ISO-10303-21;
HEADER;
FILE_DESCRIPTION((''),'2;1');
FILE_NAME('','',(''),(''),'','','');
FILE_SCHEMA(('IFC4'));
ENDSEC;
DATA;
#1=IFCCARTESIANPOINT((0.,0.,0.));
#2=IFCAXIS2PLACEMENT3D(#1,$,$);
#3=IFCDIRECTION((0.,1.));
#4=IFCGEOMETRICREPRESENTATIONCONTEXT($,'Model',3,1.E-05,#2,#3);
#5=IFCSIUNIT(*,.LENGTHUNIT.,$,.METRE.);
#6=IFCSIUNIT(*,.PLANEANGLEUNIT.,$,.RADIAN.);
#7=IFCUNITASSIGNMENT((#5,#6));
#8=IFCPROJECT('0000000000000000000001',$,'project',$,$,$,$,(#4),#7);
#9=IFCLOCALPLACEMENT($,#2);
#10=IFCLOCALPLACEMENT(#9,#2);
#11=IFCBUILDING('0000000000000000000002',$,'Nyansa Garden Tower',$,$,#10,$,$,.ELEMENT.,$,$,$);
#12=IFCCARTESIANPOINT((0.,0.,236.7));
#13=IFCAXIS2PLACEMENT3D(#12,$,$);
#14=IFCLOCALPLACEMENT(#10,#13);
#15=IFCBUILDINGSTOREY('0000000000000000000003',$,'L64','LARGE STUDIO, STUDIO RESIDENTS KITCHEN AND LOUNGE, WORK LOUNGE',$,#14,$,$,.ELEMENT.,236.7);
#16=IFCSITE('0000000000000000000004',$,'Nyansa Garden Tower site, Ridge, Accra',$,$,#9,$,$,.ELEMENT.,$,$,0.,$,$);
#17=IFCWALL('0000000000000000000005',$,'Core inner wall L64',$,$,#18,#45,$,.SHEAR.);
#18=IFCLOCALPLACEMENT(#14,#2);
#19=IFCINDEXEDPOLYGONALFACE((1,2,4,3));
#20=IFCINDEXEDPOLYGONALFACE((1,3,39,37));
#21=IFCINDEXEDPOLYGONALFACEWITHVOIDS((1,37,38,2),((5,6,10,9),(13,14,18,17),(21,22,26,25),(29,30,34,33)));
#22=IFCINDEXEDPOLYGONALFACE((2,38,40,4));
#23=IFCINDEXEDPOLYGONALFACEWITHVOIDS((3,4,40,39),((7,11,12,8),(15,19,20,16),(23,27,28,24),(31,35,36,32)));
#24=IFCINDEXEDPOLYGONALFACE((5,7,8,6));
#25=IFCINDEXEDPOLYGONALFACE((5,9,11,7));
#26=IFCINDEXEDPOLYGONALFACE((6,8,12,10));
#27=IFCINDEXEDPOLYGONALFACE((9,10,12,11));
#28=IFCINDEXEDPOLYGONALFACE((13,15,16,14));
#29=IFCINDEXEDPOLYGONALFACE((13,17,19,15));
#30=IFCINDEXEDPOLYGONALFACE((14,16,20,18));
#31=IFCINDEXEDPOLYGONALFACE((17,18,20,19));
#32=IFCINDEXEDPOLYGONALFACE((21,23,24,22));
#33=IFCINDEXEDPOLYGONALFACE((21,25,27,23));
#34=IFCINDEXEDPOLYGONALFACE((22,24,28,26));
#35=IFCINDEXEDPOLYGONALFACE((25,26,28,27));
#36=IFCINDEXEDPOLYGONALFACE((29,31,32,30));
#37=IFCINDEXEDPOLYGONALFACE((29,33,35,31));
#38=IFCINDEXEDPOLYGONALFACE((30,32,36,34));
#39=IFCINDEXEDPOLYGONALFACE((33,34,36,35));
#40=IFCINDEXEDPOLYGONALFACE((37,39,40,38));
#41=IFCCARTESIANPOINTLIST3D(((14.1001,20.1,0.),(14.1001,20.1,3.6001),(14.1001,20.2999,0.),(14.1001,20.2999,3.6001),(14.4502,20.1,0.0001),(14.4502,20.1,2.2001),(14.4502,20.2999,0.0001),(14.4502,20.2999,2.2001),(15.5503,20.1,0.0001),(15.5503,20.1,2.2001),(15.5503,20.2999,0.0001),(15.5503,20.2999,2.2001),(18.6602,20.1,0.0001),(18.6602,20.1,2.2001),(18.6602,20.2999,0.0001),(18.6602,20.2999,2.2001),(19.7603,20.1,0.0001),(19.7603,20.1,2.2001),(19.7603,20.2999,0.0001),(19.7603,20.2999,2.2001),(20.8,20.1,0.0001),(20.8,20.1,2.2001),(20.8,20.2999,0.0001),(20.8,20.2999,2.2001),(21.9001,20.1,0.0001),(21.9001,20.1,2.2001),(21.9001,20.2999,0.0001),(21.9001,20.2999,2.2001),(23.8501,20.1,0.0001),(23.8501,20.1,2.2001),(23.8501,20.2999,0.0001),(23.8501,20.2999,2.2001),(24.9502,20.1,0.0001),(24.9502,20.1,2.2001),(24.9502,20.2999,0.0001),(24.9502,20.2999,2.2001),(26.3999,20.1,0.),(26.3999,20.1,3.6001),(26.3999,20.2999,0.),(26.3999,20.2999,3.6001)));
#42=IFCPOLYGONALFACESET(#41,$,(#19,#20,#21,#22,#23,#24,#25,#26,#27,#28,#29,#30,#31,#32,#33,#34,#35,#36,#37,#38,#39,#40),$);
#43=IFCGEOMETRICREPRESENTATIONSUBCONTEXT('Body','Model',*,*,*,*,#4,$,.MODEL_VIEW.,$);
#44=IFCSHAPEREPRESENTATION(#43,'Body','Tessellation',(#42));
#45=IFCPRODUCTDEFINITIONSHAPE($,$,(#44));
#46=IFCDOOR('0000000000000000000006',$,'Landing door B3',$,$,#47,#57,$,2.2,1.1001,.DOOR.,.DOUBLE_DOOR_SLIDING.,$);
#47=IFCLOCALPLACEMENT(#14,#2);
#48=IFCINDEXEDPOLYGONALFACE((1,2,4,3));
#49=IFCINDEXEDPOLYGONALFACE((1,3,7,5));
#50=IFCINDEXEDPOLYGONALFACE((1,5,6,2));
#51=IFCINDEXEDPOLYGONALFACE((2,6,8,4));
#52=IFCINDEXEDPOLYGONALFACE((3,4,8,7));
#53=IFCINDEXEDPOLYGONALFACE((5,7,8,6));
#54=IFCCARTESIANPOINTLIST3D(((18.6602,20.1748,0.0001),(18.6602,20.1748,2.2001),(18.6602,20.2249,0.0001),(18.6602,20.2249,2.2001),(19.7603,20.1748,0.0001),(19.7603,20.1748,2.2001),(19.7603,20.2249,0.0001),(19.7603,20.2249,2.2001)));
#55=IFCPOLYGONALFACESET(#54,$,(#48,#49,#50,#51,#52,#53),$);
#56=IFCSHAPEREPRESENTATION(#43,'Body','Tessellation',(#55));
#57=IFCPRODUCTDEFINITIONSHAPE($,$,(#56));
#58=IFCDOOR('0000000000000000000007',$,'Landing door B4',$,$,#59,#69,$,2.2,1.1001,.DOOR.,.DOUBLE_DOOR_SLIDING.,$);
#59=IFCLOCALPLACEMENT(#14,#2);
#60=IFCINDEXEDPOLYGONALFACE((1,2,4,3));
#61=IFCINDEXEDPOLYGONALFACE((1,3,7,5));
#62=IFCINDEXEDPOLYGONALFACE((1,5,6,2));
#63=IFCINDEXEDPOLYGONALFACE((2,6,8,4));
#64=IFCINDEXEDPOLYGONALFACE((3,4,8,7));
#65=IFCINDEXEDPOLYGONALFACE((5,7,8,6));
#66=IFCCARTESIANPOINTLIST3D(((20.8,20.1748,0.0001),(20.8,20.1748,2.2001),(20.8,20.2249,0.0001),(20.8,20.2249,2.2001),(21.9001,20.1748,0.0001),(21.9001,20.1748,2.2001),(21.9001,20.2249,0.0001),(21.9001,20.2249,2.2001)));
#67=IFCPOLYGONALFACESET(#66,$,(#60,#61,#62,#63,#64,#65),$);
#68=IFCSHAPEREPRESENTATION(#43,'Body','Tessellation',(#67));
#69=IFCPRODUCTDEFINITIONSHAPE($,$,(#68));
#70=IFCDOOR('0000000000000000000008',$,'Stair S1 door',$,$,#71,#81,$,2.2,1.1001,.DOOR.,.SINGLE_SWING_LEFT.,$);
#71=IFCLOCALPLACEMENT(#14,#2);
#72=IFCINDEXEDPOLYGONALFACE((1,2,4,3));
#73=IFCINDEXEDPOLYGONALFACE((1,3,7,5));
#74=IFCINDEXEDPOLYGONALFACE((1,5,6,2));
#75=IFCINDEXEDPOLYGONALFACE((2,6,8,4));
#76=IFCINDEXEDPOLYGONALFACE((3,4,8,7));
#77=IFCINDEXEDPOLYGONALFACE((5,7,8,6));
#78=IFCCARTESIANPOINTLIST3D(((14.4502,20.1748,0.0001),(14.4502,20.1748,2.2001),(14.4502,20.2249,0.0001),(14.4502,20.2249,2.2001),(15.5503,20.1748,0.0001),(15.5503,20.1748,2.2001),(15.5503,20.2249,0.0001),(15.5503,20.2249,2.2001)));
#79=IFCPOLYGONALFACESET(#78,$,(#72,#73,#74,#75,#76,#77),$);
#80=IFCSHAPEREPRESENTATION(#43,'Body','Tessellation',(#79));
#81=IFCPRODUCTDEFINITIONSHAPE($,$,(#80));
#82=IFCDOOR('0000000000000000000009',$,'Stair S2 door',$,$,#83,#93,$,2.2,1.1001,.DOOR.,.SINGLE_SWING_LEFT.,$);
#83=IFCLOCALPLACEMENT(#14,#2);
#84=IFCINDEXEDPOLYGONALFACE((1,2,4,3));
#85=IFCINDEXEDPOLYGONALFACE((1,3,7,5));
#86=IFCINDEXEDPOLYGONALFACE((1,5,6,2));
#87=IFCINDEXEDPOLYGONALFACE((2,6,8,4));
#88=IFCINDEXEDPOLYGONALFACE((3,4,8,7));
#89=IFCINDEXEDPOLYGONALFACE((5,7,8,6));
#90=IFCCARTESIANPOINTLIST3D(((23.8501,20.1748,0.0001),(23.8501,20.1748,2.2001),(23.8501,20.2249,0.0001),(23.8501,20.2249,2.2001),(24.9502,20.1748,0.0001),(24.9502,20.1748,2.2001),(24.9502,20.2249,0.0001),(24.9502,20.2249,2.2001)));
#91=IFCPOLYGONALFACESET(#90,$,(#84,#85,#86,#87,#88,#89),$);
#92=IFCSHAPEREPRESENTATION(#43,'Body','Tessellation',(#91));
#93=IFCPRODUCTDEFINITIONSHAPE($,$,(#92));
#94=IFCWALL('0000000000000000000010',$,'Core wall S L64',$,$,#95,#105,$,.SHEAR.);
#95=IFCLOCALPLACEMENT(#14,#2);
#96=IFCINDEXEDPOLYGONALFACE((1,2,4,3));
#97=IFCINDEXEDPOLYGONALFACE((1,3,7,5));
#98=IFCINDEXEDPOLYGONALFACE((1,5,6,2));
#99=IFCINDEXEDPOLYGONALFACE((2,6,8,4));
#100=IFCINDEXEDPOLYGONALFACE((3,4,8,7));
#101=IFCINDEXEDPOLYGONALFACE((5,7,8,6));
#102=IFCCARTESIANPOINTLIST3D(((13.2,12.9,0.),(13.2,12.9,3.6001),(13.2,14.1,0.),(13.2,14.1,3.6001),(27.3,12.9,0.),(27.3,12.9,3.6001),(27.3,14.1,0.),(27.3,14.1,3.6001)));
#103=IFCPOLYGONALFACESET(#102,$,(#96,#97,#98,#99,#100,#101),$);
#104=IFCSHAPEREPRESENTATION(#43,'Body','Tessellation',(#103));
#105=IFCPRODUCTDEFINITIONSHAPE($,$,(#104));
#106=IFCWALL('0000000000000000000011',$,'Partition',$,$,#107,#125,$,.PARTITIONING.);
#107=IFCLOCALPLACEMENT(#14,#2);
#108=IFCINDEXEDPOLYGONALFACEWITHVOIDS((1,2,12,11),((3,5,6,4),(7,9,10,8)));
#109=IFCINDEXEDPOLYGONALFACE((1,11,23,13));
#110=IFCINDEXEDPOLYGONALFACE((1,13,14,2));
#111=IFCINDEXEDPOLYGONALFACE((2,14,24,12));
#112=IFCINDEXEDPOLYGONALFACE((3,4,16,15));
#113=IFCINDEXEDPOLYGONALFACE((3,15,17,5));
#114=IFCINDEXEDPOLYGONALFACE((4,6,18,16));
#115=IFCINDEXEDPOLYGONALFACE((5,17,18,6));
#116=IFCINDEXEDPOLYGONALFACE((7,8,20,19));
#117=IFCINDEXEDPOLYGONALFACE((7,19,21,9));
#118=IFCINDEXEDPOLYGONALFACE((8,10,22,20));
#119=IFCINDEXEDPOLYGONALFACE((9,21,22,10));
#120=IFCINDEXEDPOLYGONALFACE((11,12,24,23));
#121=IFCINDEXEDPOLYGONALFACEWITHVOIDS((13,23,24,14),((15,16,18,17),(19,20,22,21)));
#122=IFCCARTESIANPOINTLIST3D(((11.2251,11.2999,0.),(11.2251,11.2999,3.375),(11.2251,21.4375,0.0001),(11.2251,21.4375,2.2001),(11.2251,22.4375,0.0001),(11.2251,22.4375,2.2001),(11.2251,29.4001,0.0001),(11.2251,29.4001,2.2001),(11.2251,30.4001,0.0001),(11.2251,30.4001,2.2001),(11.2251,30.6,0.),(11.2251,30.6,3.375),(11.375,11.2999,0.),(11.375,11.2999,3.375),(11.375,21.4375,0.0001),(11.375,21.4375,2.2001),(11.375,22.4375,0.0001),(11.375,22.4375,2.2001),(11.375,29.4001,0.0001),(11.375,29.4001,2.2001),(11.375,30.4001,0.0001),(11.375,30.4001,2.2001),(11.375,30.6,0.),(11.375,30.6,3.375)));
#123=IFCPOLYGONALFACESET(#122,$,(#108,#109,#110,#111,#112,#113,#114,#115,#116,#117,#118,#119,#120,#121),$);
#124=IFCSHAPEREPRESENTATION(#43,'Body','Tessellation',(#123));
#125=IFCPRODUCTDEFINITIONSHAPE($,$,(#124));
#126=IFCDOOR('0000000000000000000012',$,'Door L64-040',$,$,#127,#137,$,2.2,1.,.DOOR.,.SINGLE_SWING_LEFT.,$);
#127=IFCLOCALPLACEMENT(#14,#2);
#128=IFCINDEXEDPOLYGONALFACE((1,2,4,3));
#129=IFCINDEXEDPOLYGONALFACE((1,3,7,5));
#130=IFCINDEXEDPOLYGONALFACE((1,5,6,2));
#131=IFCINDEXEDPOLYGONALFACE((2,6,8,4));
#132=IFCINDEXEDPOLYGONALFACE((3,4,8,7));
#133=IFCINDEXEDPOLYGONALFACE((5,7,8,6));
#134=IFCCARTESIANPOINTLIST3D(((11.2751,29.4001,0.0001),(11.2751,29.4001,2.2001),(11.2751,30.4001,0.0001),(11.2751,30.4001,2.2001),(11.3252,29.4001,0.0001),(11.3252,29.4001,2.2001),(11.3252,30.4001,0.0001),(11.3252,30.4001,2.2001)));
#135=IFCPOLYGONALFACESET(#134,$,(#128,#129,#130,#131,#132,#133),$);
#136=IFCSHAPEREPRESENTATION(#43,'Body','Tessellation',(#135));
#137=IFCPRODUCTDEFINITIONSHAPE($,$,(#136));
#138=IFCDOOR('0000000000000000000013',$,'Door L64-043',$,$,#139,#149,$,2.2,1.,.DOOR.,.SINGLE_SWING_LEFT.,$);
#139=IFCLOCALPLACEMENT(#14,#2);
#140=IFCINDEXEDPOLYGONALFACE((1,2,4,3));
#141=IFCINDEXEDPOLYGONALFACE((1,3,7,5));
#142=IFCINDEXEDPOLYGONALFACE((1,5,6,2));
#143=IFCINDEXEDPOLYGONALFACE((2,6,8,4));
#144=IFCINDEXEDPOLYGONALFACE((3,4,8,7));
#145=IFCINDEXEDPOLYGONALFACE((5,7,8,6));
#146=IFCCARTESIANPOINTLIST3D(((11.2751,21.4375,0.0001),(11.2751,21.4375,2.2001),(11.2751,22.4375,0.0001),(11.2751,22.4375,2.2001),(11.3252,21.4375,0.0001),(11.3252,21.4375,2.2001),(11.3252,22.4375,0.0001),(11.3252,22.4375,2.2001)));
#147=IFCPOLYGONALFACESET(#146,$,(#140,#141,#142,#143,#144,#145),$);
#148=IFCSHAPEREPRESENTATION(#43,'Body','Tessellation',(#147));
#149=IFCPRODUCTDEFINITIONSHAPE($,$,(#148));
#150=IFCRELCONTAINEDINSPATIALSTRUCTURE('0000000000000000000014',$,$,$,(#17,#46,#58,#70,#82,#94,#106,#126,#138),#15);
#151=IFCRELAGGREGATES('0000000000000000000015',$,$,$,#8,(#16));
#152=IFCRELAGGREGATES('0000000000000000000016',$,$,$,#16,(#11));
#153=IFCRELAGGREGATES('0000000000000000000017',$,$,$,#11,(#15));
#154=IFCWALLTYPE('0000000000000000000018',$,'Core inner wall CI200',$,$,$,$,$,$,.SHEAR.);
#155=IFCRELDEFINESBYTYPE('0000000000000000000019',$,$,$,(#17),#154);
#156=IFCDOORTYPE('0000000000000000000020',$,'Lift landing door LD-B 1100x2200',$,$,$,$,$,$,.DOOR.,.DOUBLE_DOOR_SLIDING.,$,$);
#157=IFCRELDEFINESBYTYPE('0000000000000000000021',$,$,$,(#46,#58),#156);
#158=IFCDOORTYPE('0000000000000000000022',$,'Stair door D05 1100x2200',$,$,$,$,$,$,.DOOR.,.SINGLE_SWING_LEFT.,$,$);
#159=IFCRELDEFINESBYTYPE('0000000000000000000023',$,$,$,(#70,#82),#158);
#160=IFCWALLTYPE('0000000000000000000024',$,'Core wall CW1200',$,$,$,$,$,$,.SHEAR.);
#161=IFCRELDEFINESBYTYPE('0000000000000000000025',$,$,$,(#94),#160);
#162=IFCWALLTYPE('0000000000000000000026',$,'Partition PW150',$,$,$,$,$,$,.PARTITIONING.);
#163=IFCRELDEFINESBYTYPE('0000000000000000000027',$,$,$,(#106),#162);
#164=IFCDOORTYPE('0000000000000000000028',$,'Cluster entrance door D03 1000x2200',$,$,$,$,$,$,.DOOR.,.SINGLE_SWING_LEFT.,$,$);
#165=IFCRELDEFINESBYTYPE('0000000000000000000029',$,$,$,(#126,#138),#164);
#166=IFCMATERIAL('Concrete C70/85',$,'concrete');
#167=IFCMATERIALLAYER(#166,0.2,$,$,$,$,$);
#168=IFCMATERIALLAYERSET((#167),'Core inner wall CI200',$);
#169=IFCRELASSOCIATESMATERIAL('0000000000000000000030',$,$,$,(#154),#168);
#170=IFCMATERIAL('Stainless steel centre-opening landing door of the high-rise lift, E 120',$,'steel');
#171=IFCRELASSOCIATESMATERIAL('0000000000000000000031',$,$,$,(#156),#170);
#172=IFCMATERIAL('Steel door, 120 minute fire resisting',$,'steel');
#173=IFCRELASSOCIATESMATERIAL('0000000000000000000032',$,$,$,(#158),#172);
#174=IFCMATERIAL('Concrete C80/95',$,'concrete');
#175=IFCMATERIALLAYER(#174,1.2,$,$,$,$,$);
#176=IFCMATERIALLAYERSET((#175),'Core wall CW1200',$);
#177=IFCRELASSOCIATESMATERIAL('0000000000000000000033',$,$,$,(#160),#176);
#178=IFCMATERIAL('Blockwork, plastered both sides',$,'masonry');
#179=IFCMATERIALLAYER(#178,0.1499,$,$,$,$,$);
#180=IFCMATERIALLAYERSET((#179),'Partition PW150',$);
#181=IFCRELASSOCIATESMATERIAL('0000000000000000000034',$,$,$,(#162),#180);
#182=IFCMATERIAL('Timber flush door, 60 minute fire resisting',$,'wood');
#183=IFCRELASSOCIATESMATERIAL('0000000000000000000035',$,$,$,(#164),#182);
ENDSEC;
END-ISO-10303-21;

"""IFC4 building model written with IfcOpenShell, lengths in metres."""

from ifc_helpers import new_model, si_unit, direction, frame, frame_2d, origin, place, context, subcontext, project, spatial, rectangle, extrude, material, layer, layer_set, type_object, element, fill, save


model = new_model("IFC4")

# Units and contexts
model_context = context("Model", 3, precision=1e-05, world=origin(), true_north=direction((0.0, 1.0)))
body_context = subcontext(model_context, "Body", "Model", "MODEL_VIEW")
ifc_project = project(units=[si_unit("LENGTHUNIT", "METRE"), si_unit("PLANEANGLEUNIT", "RADIAN")], contexts=[model_context])

# Site, building, storey
site_placement = place(None, origin())
site = spatial("IfcSite", under=ifc_project, at=site_placement, Name="Nyansa Garden Tower site, Ridge, Accra", CompositionType="ELEMENT", RefElevation=0.0)
building_placement = place(site_placement, origin())
building = spatial("IfcBuilding", under=site, at=building_placement, Name="Nyansa Garden Tower", CompositionType="ELEMENT")
storey_placement = place(building_placement, frame((0.0, 0.0, 236.7)))
storey = spatial("IfcBuildingStorey", under=building, at=storey_placement, Name="L64", Description="LARGE STUDIO, STUDIO RESIDENTS KITCHEN AND LOUNGE, WORK LOUNGE", CompositionType="ELEMENT", Elevation=236.7)

# Wall, openings, doors
ifc_material_1 = material(Name="Concrete C70/85", Category="concrete")
ifc_layer_1 = layer(ifc_material_1, 0.2)
ifc_layer_set_1 = layer_set([ifc_layer_1], Name="Core inner wall CI200")
wall_type_1 = type_object("IfcWallType", Name="Core inner wall CI200", PredefinedType="SHEAR", material=ifc_layer_set_1)
ifc_material_2 = material(Name="Stainless steel centre-opening landing door of the high-rise lift, E 120", Category="steel")
door_type_1 = type_object("IfcDoorType", Name="Lift landing door LD-B 1100x2200", OperationType="DOUBLE_DOOR_SLIDING", PredefinedType="DOOR", material=ifc_material_2)
wall_1_placement = place(storey_placement, frame((14.1001, 20.2, 0.0), z_axis=(0.0, 0.0, 1.0), x_axis=(1.0, 0.0, 0.0)))
wall_1 = element("IfcWall", 1, at=wall_1_placement, inside=storey, type_object=wall_type_1, Name="Core inner wall L64", PredefinedType="SHEAR", context=body_context, shape_type="SweptSolid", body=[
    extrude(rectangle(XDim=12.2998, YDim=0.2, at=frame_2d((6.1499, 0.0))), origin(), (0.0, 0.0, 1.0), 3.6001),
])
opening_1_placement = place(wall_1_placement, frame((4.5601, 0.0, 0.0)))
opening_1 = element("IfcOpeningElement", 2, at=opening_1_placement, cuts=wall_1, PredefinedType="OPENING", context=body_context, shape_type="SweptSolid", body=[
    extrude(rectangle(XDim=1.1001, YDim=2.2, at=frame_2d((0.55, 1.1001))), frame((0.0, 0.1099, 0.0), z_axis=(0.0, -1.0, 0.0), x_axis=(1.0, 0.0, 0.0)), (0.0, 0.0, 1.0), 0.22),
])
opening_2_placement = place(wall_1_placement, frame((6.7, 0.0, 0.0)))
opening_2 = element("IfcOpeningElement", 3, at=opening_2_placement, cuts=wall_1, PredefinedType="OPENING", context=body_context, shape_type="SweptSolid", body=[
    extrude(rectangle(XDim=1.1001, YDim=2.2, at=frame_2d((0.55, 1.1001))), frame((0.0, 0.1099, 0.0), z_axis=(0.0, -1.0, 0.0), x_axis=(1.0, 0.0, 0.0)), (0.0, 0.0, 1.0), 0.22),
])
opening_3_placement = place(wall_1_placement, frame((0.3501, 0.0, 0.0)))
opening_3 = element("IfcOpeningElement", 4, at=opening_3_placement, cuts=wall_1, PredefinedType="OPENING", context=body_context, shape_type="SweptSolid", body=[
    extrude(rectangle(XDim=1.1001, YDim=2.2, at=frame_2d((0.55, 1.1001))), frame((0.0, 0.1099, 0.0), z_axis=(0.0, -1.0, 0.0), x_axis=(1.0, 0.0, 0.0)), (0.0, 0.0, 1.0), 0.22),
])
opening_4_placement = place(wall_1_placement, frame((9.75, 0.0, 0.0)))
opening_4 = element("IfcOpeningElement", 5, at=opening_4_placement, cuts=wall_1, PredefinedType="OPENING", context=body_context, shape_type="SweptSolid", body=[
    extrude(rectangle(XDim=1.1001, YDim=2.2, at=frame_2d((0.55, 1.1001))), frame((0.0, 0.1099, 0.0), z_axis=(0.0, -1.0, 0.0), x_axis=(1.0, 0.0, 0.0)), (0.0, 0.0, 1.0), 0.22),
])
door_1_placement = place(opening_1_placement, origin())
door_1 = element("IfcDoor", 6, at=door_1_placement, inside=storey, type_object=door_type_1, Name="Landing door B3", OperationType="DOUBLE_DOOR_SLIDING", OverallHeight=2.2, OverallWidth=1.1001, PredefinedType="DOOR", context=body_context, shape_type="SweptSolid", body=[
    extrude(rectangle(XDim=1.1001, YDim=2.2, at=frame_2d((0.55, 1.1001))), frame((0.0, 0.0249, 0.0), z_axis=(0.0, -1.0, 0.0), x_axis=(1.0, 0.0, 0.0)), (0.0, 0.0, 1.0), 0.05),
])
fill(opening_1, door_1)
door_2_placement = place(opening_2_placement, origin())
door_2 = element("IfcDoor", 7, at=door_2_placement, inside=storey, type_object=door_type_1, Name="Landing door B4", OperationType="DOUBLE_DOOR_SLIDING", OverallHeight=2.2, OverallWidth=1.1001, PredefinedType="DOOR", context=body_context, shape_type="SweptSolid", body=[
    extrude(rectangle(XDim=1.1001, YDim=2.2, at=frame_2d((0.55, 1.1001))), frame((0.0, 0.0249, 0.0), z_axis=(0.0, -1.0, 0.0), x_axis=(1.0, 0.0, 0.0)), (0.0, 0.0, 1.0), 0.05),
])
fill(opening_2, door_2)
ifc_material_3 = material(Name="Steel door, 120 minute fire resisting", Category="steel")
door_type_2 = type_object("IfcDoorType", Name="Stair door D05 1100x2200", OperationType="SINGLE_SWING_LEFT", PredefinedType="DOOR", material=ifc_material_3)
door_3_placement = place(opening_3_placement, origin())
door_3 = element("IfcDoor", 8, at=door_3_placement, inside=storey, type_object=door_type_2, Name="Stair S1 door", OperationType="SINGLE_SWING_LEFT", OverallHeight=2.2, OverallWidth=1.1001, PredefinedType="DOOR", context=body_context, shape_type="SweptSolid", body=[
    extrude(rectangle(XDim=1.1001, YDim=2.2, at=frame_2d((0.55, 1.1001))), frame((0.0, 0.0249, 0.0), z_axis=(0.0, -1.0, 0.0), x_axis=(1.0, 0.0, 0.0)), (0.0, 0.0, 1.0), 0.05),
])
fill(opening_3, door_3)
door_4_placement = place(opening_4_placement, origin())
door_4 = element("IfcDoor", 9, at=door_4_placement, inside=storey, type_object=door_type_2, Name="Stair S2 door", OperationType="SINGLE_SWING_LEFT", OverallHeight=2.2, OverallWidth=1.1001, PredefinedType="DOOR", context=body_context, shape_type="SweptSolid", body=[
    extrude(rectangle(XDim=1.1001, YDim=2.2, at=frame_2d((0.55, 1.1001))), frame((0.0, 0.0249, 0.0), z_axis=(0.0, -1.0, 0.0), x_axis=(1.0, 0.0, 0.0)), (0.0, 0.0, 1.0), 0.05),
])
fill(opening_4, door_4)

# Wall
ifc_material_4 = material(Name="Concrete C80/95", Category="concrete")
ifc_layer_2 = layer(ifc_material_4, 1.2)
ifc_layer_set_2 = layer_set([ifc_layer_2], Name="Core wall CW1200")
wall_type_2 = type_object("IfcWallType", Name="Core wall CW1200", PredefinedType="SHEAR", material=ifc_layer_set_2)
wall_2_placement = place(storey_placement, frame((13.2, 13.5, 0.0), z_axis=(0.0, 0.0, 1.0), x_axis=(1.0, 0.0, 0.0)))
element("IfcWall", 10, at=wall_2_placement, inside=storey, type_object=wall_type_2, Name="Core wall S L64", PredefinedType="SHEAR", context=body_context, shape_type="SweptSolid", body=[
    extrude(rectangle(XDim=14.1001, YDim=1.2, at=frame_2d((7.05, 0.0))), origin(), (0.0, 0.0, 1.0), 3.6001),
])

# Wall, openings, doors
ifc_material_5 = material(Name="Blockwork, plastered both sides", Category="masonry")
ifc_layer_3 = layer(ifc_material_5, 0.1499)
ifc_layer_set_3 = layer_set([ifc_layer_3], Name="Partition PW150")
wall_type_3 = type_object("IfcWallType", Name="Partition PW150", PredefinedType="PARTITIONING", material=ifc_layer_set_3)
wall_3_placement = place(storey_placement, frame((11.3, 11.3, 0.0), z_axis=(0.0, 0.0, 1.0), x_axis=(0.0, 1.0, 0.0)))
wall_3 = element("IfcWall", 11, at=wall_3_placement, inside=storey, type_object=wall_type_3, Name="Partition", PredefinedType="PARTITIONING", context=body_context, shape_type="SweptSolid", body=[
    extrude(rectangle(XDim=19.3, YDim=0.1499, at=frame_2d((9.6499, 0.0))), origin(), (0.0, 0.0, 1.0), 3.375),
])
opening_5_placement = place(wall_3_placement, frame((18.1001, 0.0, 0.0)))
opening_5 = element("IfcOpeningElement", 12, at=opening_5_placement, cuts=wall_3, PredefinedType="OPENING", context=body_context, shape_type="SweptSolid", body=[
    extrude(rectangle(XDim=1.0, YDim=2.2, at=frame_2d((0.5, 1.1001))), frame((0.0, 0.085, 0.0), z_axis=(0.0, -1.0, 0.0), x_axis=(1.0, 0.0, 0.0)), (0.0, 0.0, 1.0), 0.1699),
])
opening_6_placement = place(wall_3_placement, frame((10.1375, 0.0, 0.0)))
opening_6 = element("IfcOpeningElement", 13, at=opening_6_placement, cuts=wall_3, PredefinedType="OPENING", context=body_context, shape_type="SweptSolid", body=[
    extrude(rectangle(XDim=1.0, YDim=2.2, at=frame_2d((0.5, 1.1001))), frame((0.0, 0.085, 0.0), z_axis=(0.0, -1.0, 0.0), x_axis=(1.0, 0.0, 0.0)), (0.0, 0.0, 1.0), 0.1699),
])
ifc_material_6 = material(Name="Timber flush door, 60 minute fire resisting", Category="wood")
door_type_3 = type_object("IfcDoorType", Name="Cluster entrance door D03 1000x2200", OperationType="SINGLE_SWING_LEFT", PredefinedType="DOOR", material=ifc_material_6)
door_5_placement = place(opening_5_placement, origin())
door_5 = element("IfcDoor", 14, at=door_5_placement, inside=storey, type_object=door_type_3, Name="Door L64-040", OperationType="SINGLE_SWING_LEFT", OverallHeight=2.2, OverallWidth=1.0, PredefinedType="DOOR", context=body_context, shape_type="SweptSolid", body=[
    extrude(rectangle(XDim=1.0, YDim=2.2, at=frame_2d((0.5, 1.1001))), frame((0.0, 0.0249, 0.0), z_axis=(0.0, -1.0, 0.0), x_axis=(1.0, 0.0, 0.0)), (0.0, 0.0, 1.0), 0.05),
])
fill(opening_5, door_5)
door_6_placement = place(opening_6_placement, origin())
door_6 = element("IfcDoor", 15, at=door_6_placement, inside=storey, type_object=door_type_3, Name="Door L64-043", OperationType="SINGLE_SWING_LEFT", OverallHeight=2.2, OverallWidth=1.0, PredefinedType="DOOR", context=body_context, shape_type="SweptSolid", body=[
    extrude(rectangle(XDim=1.0, YDim=2.2, at=frame_2d((0.5, 1.1001))), frame((0.0, 0.0249, 0.0), z_axis=(0.0, -1.0, 0.0), x_axis=(1.0, 0.0, 0.0)), (0.0, 0.0, 1.0), 0.05),
])
fill(opening_6, door_6)

save(model, "model.ifc")
